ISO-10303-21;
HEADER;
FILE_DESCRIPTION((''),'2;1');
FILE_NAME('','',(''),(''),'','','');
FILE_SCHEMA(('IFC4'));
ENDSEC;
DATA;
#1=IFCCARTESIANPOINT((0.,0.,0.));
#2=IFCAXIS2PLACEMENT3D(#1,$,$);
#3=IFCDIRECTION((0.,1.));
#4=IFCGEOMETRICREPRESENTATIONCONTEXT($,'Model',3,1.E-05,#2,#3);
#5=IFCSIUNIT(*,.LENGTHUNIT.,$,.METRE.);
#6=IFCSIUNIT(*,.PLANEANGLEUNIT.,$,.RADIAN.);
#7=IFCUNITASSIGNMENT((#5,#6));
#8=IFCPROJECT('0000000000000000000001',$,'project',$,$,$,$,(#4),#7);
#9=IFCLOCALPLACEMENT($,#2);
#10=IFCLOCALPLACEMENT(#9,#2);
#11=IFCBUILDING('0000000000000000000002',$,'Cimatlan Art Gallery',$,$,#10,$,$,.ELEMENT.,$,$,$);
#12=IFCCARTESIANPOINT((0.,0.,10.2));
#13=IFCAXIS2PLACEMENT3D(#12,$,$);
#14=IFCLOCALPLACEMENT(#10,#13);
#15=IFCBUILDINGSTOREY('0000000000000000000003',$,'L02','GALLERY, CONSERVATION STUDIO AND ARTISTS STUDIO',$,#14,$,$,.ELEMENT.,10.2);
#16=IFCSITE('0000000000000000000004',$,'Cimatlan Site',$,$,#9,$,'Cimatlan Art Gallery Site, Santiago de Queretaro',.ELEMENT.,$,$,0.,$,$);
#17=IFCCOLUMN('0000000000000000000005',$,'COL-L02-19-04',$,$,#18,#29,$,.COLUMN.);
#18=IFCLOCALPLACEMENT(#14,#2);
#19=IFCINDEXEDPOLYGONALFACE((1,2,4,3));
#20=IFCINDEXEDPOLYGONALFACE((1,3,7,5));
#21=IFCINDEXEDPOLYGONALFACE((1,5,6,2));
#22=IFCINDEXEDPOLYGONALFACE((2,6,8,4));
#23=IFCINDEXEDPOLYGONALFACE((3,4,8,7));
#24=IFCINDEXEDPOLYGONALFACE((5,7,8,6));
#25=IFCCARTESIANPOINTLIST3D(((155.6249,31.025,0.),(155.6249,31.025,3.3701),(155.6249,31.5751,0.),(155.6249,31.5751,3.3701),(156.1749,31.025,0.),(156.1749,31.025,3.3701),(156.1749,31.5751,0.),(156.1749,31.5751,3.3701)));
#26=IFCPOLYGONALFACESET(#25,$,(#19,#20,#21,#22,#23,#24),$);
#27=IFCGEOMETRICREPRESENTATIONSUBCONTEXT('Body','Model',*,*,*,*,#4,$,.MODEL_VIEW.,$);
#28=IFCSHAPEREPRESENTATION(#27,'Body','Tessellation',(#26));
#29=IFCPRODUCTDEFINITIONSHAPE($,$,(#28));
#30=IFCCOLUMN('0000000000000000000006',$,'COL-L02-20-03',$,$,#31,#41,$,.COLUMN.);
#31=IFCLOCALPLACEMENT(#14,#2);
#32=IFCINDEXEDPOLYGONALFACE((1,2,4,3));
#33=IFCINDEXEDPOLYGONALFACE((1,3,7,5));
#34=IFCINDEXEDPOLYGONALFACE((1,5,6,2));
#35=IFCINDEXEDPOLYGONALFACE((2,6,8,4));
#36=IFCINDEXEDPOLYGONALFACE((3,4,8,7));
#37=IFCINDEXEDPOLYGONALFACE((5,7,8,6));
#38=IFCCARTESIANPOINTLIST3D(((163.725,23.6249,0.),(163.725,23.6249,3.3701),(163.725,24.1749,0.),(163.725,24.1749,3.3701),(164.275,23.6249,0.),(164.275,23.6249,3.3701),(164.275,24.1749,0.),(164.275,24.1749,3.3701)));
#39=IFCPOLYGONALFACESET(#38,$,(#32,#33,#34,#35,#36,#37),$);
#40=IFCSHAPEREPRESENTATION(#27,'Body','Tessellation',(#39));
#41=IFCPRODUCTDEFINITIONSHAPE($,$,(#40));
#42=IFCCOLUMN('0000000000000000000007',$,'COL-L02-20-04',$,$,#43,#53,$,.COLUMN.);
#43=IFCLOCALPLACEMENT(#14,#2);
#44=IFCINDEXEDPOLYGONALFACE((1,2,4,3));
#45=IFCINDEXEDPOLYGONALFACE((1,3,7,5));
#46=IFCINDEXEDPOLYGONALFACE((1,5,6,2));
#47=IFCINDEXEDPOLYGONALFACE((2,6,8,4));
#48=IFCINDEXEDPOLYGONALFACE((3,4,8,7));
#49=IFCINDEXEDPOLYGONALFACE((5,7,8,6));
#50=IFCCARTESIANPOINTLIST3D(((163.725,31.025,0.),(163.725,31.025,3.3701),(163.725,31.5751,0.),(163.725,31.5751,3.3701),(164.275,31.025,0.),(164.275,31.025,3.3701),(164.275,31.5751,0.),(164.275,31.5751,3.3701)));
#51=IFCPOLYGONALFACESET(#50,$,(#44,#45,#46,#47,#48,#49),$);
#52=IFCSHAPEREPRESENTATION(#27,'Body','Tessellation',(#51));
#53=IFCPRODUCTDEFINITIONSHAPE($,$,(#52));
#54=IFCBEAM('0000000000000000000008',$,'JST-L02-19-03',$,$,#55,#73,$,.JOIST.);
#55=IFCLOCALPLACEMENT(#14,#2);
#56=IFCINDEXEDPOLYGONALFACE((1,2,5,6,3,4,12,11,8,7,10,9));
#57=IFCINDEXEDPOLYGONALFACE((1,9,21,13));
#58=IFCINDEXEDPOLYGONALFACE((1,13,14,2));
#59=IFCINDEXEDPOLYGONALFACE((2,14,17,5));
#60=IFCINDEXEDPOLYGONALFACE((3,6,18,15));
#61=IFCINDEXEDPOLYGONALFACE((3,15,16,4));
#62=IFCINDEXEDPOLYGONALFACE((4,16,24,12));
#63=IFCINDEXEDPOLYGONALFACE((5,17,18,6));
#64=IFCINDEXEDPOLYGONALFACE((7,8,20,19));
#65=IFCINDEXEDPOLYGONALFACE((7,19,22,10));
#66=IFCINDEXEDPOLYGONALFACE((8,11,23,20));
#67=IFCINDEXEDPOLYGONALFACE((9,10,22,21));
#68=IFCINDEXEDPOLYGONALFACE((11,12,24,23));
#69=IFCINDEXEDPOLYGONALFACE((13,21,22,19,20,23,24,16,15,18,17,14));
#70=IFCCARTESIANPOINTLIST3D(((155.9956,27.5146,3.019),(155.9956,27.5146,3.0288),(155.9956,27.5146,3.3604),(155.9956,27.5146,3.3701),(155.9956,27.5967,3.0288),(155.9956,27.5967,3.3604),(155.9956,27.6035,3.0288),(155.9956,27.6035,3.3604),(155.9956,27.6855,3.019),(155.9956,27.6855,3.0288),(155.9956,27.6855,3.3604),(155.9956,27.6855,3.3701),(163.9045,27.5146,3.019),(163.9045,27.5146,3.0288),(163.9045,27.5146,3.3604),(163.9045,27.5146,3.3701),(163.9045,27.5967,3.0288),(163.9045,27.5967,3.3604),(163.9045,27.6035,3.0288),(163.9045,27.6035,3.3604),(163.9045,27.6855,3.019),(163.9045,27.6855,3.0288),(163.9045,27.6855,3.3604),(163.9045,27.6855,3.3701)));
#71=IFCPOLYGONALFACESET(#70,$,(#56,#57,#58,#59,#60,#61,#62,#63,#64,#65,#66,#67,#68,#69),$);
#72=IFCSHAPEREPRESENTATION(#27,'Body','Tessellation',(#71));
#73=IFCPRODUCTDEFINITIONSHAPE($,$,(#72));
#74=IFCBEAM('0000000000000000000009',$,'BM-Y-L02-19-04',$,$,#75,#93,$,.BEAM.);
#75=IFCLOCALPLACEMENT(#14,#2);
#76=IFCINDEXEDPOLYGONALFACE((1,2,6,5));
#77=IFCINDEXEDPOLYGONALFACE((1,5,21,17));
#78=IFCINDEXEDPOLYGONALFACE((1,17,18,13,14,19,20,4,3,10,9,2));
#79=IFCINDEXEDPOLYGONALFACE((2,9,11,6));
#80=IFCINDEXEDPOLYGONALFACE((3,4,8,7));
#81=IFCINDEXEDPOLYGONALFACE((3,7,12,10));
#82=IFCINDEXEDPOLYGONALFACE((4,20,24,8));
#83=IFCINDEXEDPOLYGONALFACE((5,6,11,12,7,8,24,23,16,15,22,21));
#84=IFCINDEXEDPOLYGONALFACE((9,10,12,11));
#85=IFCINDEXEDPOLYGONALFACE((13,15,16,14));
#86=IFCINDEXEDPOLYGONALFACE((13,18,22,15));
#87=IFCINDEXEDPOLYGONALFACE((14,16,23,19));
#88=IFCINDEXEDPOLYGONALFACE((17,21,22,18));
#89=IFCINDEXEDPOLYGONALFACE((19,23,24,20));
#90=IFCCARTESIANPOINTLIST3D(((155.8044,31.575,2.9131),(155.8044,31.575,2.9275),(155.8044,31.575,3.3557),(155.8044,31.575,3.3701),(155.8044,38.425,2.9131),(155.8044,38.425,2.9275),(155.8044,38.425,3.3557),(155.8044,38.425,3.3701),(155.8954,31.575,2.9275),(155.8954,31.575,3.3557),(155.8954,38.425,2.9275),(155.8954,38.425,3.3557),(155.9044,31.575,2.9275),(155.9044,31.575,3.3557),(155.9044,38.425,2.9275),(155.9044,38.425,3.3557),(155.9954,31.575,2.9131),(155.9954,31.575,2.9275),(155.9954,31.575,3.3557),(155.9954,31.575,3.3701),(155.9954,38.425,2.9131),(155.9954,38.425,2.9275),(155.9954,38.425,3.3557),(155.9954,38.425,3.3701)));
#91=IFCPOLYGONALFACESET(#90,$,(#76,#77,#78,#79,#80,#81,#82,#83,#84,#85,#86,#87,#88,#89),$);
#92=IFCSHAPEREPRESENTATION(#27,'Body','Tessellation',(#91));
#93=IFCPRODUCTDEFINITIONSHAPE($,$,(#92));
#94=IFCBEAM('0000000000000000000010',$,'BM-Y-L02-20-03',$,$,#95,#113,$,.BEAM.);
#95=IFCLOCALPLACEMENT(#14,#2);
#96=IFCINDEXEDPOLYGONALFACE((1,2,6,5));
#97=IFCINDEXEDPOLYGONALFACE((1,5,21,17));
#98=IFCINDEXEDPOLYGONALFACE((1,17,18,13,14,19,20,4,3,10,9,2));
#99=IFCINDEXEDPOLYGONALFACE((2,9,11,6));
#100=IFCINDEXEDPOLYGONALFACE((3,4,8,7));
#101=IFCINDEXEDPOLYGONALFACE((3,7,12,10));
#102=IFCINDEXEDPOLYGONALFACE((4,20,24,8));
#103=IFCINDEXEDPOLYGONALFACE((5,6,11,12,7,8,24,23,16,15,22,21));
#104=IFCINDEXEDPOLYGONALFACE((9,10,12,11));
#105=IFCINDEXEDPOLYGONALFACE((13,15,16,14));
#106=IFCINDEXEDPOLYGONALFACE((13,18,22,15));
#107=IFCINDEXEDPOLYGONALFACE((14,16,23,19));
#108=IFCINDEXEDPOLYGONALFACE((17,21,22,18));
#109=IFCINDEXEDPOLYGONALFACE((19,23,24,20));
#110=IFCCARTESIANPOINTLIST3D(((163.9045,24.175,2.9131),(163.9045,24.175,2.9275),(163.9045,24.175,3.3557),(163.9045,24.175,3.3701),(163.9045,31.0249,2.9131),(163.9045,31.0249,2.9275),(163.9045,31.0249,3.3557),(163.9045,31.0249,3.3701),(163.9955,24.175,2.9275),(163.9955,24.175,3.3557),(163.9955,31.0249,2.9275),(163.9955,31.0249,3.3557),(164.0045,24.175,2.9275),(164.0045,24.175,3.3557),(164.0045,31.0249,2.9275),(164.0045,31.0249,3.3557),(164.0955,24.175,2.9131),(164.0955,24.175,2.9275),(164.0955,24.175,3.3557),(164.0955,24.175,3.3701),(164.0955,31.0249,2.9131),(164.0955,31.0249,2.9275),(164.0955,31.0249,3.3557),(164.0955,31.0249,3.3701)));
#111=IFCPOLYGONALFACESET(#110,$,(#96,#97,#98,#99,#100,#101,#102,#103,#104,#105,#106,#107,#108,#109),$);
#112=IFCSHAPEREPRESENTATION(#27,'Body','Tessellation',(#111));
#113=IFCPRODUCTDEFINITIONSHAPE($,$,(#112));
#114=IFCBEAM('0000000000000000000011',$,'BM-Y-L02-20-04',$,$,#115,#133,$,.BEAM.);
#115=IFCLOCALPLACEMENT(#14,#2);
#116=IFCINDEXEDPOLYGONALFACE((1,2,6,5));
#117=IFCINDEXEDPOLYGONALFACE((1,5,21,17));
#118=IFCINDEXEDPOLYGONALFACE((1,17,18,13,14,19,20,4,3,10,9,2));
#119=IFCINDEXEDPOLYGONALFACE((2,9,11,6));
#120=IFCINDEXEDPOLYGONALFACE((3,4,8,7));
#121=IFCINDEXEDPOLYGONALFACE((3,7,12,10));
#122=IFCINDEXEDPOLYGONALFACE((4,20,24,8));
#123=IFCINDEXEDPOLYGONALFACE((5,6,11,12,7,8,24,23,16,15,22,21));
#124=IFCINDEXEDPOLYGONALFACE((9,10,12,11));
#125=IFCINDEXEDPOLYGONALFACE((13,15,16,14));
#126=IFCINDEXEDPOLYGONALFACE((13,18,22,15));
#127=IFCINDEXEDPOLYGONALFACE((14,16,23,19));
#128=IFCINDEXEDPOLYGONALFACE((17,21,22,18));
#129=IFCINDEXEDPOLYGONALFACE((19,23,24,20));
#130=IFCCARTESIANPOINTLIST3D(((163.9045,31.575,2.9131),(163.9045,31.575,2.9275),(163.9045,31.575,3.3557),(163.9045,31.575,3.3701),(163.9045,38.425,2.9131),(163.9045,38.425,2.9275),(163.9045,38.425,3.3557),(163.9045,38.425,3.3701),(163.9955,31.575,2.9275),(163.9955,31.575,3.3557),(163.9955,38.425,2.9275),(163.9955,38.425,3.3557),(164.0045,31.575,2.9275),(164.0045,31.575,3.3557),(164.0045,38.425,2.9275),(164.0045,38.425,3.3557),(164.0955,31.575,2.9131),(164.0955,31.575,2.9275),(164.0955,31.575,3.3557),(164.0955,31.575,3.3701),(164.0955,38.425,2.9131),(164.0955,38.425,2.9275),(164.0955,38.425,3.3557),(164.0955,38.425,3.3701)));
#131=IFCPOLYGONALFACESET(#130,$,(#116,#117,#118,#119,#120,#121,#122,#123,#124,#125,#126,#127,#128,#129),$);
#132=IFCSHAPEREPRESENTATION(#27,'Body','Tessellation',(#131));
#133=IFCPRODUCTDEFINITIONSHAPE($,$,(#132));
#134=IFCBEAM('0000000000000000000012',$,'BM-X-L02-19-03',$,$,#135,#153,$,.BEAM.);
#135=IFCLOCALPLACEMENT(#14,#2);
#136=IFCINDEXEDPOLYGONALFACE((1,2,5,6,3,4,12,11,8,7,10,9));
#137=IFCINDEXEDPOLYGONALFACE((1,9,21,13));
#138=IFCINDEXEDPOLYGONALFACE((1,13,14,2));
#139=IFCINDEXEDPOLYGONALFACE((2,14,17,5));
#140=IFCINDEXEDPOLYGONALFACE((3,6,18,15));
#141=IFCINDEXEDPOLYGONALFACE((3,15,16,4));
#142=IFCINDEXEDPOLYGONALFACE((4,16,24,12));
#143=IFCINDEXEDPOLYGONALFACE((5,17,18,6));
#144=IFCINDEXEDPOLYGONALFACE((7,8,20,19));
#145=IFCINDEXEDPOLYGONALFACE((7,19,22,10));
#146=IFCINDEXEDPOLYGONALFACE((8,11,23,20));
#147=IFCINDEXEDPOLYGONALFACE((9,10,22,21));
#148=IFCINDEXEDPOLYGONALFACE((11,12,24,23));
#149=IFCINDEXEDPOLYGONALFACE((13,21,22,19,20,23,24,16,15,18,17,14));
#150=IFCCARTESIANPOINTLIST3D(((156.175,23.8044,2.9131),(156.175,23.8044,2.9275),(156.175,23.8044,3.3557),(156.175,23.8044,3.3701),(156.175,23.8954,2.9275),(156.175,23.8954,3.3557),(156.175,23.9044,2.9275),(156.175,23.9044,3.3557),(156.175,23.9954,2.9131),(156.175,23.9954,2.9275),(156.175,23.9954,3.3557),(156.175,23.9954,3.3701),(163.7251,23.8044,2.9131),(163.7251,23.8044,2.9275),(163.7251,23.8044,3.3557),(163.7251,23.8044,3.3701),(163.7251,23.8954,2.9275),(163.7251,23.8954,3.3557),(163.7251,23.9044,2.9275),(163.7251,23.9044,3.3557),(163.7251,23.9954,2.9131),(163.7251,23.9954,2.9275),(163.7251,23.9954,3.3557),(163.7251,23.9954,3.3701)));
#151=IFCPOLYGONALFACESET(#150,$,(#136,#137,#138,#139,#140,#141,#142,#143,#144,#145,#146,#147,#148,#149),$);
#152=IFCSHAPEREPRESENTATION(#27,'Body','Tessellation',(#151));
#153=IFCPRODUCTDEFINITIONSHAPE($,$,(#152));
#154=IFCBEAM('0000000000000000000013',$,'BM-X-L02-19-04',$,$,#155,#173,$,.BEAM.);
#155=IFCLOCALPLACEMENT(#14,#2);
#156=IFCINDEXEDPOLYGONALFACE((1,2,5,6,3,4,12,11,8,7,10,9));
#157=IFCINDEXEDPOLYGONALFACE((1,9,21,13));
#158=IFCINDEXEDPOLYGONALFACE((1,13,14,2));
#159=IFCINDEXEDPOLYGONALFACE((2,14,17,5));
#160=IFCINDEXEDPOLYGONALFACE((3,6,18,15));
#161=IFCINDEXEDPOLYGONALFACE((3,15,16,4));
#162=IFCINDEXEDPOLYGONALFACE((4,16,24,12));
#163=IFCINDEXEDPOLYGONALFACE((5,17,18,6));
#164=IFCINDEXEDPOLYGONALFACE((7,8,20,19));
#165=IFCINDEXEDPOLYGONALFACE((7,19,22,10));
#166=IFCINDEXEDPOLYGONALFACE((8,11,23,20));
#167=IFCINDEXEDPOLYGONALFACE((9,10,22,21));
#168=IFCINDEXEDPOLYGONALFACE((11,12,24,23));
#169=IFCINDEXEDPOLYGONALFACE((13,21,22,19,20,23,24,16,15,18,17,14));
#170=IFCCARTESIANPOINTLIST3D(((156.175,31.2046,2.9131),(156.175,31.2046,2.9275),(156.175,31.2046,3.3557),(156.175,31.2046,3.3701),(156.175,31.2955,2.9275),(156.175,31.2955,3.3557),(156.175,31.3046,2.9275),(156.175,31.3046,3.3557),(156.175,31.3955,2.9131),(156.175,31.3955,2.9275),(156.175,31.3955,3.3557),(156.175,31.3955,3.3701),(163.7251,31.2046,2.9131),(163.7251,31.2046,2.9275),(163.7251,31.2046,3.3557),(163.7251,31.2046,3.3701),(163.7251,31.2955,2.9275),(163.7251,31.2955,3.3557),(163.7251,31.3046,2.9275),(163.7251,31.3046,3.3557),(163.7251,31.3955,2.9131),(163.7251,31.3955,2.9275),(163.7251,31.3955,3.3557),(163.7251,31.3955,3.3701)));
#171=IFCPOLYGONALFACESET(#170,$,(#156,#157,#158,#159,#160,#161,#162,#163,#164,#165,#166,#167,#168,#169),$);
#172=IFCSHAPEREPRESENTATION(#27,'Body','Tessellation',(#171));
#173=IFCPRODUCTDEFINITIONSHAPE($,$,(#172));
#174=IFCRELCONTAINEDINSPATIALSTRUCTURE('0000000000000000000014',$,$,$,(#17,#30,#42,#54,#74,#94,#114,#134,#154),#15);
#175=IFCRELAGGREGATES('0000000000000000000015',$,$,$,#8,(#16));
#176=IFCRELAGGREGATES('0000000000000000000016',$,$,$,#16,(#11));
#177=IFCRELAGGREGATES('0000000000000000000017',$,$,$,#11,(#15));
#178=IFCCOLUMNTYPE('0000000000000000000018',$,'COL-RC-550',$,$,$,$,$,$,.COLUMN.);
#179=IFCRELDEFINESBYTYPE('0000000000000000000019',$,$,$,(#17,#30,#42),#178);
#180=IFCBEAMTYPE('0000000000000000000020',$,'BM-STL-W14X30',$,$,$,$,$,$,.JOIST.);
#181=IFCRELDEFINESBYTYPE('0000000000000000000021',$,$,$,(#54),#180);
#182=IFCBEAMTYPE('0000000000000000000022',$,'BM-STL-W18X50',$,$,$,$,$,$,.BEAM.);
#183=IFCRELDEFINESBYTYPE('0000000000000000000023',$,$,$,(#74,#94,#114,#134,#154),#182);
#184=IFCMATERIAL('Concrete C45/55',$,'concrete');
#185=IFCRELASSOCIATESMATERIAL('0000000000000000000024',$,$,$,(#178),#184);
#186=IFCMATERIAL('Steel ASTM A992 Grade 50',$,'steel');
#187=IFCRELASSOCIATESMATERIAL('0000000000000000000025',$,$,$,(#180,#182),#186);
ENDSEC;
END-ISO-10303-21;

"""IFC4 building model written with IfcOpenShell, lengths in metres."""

from ifc_helpers import new_model, si_unit, direction, frame, origin, origin_2d, place, context, subcontext, project, spatial, rectangle, i_section, extrude, material, material_profile, profile_set, type_object, element, save


model = new_model("IFC4")

# Units and contexts
model_context = context("Model", 3, precision=1e-05, world=origin(), true_north=direction((0.0, 1.0)))
body_context = subcontext(model_context, "Body", "Model", "MODEL_VIEW")
ifc_project = project(units=[si_unit("LENGTHUNIT", "METRE"), si_unit("PLANEANGLEUNIT", "RADIAN")], contexts=[model_context])

# Site, building, storey
site_placement = place(None, origin())
site = spatial("IfcSite", under=ifc_project, at=site_placement, Name="Cimatlan Site", LongName="Cimatlan Art Gallery Site, Santiago de Queretaro", CompositionType="ELEMENT", RefElevation=0.0)
building_placement = place(site_placement, origin())
building = spatial("IfcBuilding", under=site, at=building_placement, Name="Cimatlan Art Gallery", CompositionType="ELEMENT")
storey_placement = place(building_placement, frame((0.0, 0.0, 10.2)))
storey = spatial("IfcBuildingStorey", under=building, at=storey_placement, Name="L02", Description="GALLERY, CONSERVATION STUDIO AND ARTISTS STUDIO", CompositionType="ELEMENT", Elevation=10.2)

# Columns
ifc_material_1 = material(Name="Concrete C45/55", Category="concrete")
ifc_material_profile_1 = material_profile(ifc_material_1, rectangle(XDim=0.55, YDim=0.55, at=origin_2d()), Name="RC550X550")
ifc_profile_set_1 = profile_set([ifc_material_profile_1], Name="Concrete C45/55")
column_type = type_object("IfcColumnType", Name="COL-RC-550", PredefinedType="COLUMN", material=ifc_profile_set_1)
for number, where, z_axis, x_axis, name in (
    (1, (155.8999, 31.3, 0.0), (0.0, 0.0, 1.0), (1.0, 0.0, 0.0), "COL-L02-19-04"),
    (2, (164.0, 23.8999, 0.0), (0.0, 0.0, 1.0), (1.0, 0.0, 0.0), "COL-L02-20-03"),
    (3, (164.0, 31.3, 0.0), (0.0, 0.0, 1.0), (1.0, 0.0, 0.0), "COL-L02-20-04"),
):
    element("IfcColumn", number, at=place(storey_placement, frame(where, z_axis=z_axis, x_axis=x_axis)), inside=storey, type_object=column_type, Name=name, PredefinedType="COLUMN", context=body_context, shape_type="SweptSolid", body=[
        extrude(rectangle(XDim=0.55, YDim=0.55, at=origin_2d()), origin(), (0.0, 0.0, 1.0), 3.3701),
    ])

# Beams
ifc_material_2 = material(Name="Steel ASTM A992 Grade 50", Category="steel")
ifc_material_profile_2 = material_profile(ifc_material_2, i_section(OverallWidth=0.1709, OverallDepth=0.3511, WebThickness=0.0068, FlangeThickness=0.0098, at=origin_2d()), Name="W14X30")
ifc_profile_set_2 = profile_set([ifc_material_profile_2], Name="Steel ASTM A992 Grade 50")
beam_type_1 = type_object("IfcBeamType", Name="BM-STL-W14X30", PredefinedType="JOIST", material=ifc_profile_set_2)
beam_1_placement = place(storey_placement, frame((155.9956, 27.6001, 3.1946), z_axis=(1.0, 0.0, 0.0), x_axis=(0.0, 1.0, 0.0)))
element("IfcBeam", 4, at=beam_1_placement, inside=storey, type_object=beam_type_1, Name="JST-L02-19-03", PredefinedType="JOIST", context=body_context, shape_type="SweptSolid", body=[
    extrude(i_section(OverallWidth=0.1709, OverallDepth=0.3511, WebThickness=0.0068, FlangeThickness=0.0098, at=origin_2d()), origin(), (0.0, 0.0, 1.0), 7.9089),
])
ifc_material_profile_3 = material_profile(ifc_material_2, i_section(OverallWidth=0.1909, OverallDepth=0.457, WebThickness=0.009, FlangeThickness=0.0144, at=origin_2d()), Name="W18X50")
ifc_profile_set_3 = profile_set([ifc_material_profile_3], Name="Steel ASTM A992 Grade 50")
beam_type_2 = type_object("IfcBeamType", Name="BM-STL-W18X50", PredefinedType="BEAM", material=ifc_profile_set_3)
beam_2_placement = place(storey_placement, frame((155.8999, 31.575, 3.1416), z_axis=(0.0, 1.0, 0.0), x_axis=(-1.0, 0.0, 0.0)))
element("IfcBeam", 5, at=beam_2_placement, inside=storey, type_object=beam_type_2, Name="BM-Y-L02-19-04", PredefinedType="BEAM", context=body_context, shape_type="SweptSolid", body=[
    extrude(i_section(OverallWidth=0.1909, OverallDepth=0.457, WebThickness=0.009, FlangeThickness=0.0144, at=origin_2d()), origin(), (0.0, 0.0, 1.0), 6.8501),
])
beam_3_placement = place(storey_placement, frame((164.0, 24.175, 3.1416), z_axis=(0.0, 1.0, 0.0), x_axis=(-1.0, 0.0, 0.0)))
element("IfcBeam", 6, at=beam_3_placement, inside=storey, type_object=beam_type_2, Name="BM-Y-L02-20-03", PredefinedType="BEAM", context=body_context, shape_type="SweptSolid", body=[
    extrude(i_section(OverallWidth=0.1909, OverallDepth=0.457, WebThickness=0.009, FlangeThickness=0.0144, at=origin_2d()), origin(), (0.0, 0.0, 1.0), 6.8499),
])
beam_4_placement = place(storey_placement, frame((164.0, 31.575, 3.1416), z_axis=(0.0, 1.0, 0.0), x_axis=(-1.0, 0.0, 0.0)))
element("IfcBeam", 7, at=beam_4_placement, inside=storey, type_object=beam_type_2, Name="BM-Y-L02-20-04", PredefinedType="BEAM", context=body_context, shape_type="SweptSolid", body=[
    extrude(i_section(OverallWidth=0.1909, OverallDepth=0.457, WebThickness=0.009, FlangeThickness=0.0144, at=origin_2d()), origin(), (0.0, 0.0, 1.0), 6.8501),
])
for number, where, z_axis, x_axis, name in (
    (8, (156.175, 23.8999, 3.1416), (1.0, 0.0, 0.0), (0.0, 1.0, 0.0), "BM-X-L02-19-03"),
    (9, (156.175, 31.3, 3.1416), (1.0, 0.0, 0.0), (0.0, 1.0, 0.0), "BM-X-L02-19-04"),
):
    element("IfcBeam", number, at=place(storey_placement, frame(where, z_axis=z_axis, x_axis=x_axis)), inside=storey, type_object=beam_type_2, Name=name, PredefinedType="BEAM", context=body_context, shape_type="SweptSolid", body=[
        extrude(i_section(OverallWidth=0.1909, OverallDepth=0.457, WebThickness=0.009, FlangeThickness=0.0144, at=origin_2d()), origin(), (0.0, 0.0, 1.0), 7.55),
    ])

save(model, "model.ifc")
